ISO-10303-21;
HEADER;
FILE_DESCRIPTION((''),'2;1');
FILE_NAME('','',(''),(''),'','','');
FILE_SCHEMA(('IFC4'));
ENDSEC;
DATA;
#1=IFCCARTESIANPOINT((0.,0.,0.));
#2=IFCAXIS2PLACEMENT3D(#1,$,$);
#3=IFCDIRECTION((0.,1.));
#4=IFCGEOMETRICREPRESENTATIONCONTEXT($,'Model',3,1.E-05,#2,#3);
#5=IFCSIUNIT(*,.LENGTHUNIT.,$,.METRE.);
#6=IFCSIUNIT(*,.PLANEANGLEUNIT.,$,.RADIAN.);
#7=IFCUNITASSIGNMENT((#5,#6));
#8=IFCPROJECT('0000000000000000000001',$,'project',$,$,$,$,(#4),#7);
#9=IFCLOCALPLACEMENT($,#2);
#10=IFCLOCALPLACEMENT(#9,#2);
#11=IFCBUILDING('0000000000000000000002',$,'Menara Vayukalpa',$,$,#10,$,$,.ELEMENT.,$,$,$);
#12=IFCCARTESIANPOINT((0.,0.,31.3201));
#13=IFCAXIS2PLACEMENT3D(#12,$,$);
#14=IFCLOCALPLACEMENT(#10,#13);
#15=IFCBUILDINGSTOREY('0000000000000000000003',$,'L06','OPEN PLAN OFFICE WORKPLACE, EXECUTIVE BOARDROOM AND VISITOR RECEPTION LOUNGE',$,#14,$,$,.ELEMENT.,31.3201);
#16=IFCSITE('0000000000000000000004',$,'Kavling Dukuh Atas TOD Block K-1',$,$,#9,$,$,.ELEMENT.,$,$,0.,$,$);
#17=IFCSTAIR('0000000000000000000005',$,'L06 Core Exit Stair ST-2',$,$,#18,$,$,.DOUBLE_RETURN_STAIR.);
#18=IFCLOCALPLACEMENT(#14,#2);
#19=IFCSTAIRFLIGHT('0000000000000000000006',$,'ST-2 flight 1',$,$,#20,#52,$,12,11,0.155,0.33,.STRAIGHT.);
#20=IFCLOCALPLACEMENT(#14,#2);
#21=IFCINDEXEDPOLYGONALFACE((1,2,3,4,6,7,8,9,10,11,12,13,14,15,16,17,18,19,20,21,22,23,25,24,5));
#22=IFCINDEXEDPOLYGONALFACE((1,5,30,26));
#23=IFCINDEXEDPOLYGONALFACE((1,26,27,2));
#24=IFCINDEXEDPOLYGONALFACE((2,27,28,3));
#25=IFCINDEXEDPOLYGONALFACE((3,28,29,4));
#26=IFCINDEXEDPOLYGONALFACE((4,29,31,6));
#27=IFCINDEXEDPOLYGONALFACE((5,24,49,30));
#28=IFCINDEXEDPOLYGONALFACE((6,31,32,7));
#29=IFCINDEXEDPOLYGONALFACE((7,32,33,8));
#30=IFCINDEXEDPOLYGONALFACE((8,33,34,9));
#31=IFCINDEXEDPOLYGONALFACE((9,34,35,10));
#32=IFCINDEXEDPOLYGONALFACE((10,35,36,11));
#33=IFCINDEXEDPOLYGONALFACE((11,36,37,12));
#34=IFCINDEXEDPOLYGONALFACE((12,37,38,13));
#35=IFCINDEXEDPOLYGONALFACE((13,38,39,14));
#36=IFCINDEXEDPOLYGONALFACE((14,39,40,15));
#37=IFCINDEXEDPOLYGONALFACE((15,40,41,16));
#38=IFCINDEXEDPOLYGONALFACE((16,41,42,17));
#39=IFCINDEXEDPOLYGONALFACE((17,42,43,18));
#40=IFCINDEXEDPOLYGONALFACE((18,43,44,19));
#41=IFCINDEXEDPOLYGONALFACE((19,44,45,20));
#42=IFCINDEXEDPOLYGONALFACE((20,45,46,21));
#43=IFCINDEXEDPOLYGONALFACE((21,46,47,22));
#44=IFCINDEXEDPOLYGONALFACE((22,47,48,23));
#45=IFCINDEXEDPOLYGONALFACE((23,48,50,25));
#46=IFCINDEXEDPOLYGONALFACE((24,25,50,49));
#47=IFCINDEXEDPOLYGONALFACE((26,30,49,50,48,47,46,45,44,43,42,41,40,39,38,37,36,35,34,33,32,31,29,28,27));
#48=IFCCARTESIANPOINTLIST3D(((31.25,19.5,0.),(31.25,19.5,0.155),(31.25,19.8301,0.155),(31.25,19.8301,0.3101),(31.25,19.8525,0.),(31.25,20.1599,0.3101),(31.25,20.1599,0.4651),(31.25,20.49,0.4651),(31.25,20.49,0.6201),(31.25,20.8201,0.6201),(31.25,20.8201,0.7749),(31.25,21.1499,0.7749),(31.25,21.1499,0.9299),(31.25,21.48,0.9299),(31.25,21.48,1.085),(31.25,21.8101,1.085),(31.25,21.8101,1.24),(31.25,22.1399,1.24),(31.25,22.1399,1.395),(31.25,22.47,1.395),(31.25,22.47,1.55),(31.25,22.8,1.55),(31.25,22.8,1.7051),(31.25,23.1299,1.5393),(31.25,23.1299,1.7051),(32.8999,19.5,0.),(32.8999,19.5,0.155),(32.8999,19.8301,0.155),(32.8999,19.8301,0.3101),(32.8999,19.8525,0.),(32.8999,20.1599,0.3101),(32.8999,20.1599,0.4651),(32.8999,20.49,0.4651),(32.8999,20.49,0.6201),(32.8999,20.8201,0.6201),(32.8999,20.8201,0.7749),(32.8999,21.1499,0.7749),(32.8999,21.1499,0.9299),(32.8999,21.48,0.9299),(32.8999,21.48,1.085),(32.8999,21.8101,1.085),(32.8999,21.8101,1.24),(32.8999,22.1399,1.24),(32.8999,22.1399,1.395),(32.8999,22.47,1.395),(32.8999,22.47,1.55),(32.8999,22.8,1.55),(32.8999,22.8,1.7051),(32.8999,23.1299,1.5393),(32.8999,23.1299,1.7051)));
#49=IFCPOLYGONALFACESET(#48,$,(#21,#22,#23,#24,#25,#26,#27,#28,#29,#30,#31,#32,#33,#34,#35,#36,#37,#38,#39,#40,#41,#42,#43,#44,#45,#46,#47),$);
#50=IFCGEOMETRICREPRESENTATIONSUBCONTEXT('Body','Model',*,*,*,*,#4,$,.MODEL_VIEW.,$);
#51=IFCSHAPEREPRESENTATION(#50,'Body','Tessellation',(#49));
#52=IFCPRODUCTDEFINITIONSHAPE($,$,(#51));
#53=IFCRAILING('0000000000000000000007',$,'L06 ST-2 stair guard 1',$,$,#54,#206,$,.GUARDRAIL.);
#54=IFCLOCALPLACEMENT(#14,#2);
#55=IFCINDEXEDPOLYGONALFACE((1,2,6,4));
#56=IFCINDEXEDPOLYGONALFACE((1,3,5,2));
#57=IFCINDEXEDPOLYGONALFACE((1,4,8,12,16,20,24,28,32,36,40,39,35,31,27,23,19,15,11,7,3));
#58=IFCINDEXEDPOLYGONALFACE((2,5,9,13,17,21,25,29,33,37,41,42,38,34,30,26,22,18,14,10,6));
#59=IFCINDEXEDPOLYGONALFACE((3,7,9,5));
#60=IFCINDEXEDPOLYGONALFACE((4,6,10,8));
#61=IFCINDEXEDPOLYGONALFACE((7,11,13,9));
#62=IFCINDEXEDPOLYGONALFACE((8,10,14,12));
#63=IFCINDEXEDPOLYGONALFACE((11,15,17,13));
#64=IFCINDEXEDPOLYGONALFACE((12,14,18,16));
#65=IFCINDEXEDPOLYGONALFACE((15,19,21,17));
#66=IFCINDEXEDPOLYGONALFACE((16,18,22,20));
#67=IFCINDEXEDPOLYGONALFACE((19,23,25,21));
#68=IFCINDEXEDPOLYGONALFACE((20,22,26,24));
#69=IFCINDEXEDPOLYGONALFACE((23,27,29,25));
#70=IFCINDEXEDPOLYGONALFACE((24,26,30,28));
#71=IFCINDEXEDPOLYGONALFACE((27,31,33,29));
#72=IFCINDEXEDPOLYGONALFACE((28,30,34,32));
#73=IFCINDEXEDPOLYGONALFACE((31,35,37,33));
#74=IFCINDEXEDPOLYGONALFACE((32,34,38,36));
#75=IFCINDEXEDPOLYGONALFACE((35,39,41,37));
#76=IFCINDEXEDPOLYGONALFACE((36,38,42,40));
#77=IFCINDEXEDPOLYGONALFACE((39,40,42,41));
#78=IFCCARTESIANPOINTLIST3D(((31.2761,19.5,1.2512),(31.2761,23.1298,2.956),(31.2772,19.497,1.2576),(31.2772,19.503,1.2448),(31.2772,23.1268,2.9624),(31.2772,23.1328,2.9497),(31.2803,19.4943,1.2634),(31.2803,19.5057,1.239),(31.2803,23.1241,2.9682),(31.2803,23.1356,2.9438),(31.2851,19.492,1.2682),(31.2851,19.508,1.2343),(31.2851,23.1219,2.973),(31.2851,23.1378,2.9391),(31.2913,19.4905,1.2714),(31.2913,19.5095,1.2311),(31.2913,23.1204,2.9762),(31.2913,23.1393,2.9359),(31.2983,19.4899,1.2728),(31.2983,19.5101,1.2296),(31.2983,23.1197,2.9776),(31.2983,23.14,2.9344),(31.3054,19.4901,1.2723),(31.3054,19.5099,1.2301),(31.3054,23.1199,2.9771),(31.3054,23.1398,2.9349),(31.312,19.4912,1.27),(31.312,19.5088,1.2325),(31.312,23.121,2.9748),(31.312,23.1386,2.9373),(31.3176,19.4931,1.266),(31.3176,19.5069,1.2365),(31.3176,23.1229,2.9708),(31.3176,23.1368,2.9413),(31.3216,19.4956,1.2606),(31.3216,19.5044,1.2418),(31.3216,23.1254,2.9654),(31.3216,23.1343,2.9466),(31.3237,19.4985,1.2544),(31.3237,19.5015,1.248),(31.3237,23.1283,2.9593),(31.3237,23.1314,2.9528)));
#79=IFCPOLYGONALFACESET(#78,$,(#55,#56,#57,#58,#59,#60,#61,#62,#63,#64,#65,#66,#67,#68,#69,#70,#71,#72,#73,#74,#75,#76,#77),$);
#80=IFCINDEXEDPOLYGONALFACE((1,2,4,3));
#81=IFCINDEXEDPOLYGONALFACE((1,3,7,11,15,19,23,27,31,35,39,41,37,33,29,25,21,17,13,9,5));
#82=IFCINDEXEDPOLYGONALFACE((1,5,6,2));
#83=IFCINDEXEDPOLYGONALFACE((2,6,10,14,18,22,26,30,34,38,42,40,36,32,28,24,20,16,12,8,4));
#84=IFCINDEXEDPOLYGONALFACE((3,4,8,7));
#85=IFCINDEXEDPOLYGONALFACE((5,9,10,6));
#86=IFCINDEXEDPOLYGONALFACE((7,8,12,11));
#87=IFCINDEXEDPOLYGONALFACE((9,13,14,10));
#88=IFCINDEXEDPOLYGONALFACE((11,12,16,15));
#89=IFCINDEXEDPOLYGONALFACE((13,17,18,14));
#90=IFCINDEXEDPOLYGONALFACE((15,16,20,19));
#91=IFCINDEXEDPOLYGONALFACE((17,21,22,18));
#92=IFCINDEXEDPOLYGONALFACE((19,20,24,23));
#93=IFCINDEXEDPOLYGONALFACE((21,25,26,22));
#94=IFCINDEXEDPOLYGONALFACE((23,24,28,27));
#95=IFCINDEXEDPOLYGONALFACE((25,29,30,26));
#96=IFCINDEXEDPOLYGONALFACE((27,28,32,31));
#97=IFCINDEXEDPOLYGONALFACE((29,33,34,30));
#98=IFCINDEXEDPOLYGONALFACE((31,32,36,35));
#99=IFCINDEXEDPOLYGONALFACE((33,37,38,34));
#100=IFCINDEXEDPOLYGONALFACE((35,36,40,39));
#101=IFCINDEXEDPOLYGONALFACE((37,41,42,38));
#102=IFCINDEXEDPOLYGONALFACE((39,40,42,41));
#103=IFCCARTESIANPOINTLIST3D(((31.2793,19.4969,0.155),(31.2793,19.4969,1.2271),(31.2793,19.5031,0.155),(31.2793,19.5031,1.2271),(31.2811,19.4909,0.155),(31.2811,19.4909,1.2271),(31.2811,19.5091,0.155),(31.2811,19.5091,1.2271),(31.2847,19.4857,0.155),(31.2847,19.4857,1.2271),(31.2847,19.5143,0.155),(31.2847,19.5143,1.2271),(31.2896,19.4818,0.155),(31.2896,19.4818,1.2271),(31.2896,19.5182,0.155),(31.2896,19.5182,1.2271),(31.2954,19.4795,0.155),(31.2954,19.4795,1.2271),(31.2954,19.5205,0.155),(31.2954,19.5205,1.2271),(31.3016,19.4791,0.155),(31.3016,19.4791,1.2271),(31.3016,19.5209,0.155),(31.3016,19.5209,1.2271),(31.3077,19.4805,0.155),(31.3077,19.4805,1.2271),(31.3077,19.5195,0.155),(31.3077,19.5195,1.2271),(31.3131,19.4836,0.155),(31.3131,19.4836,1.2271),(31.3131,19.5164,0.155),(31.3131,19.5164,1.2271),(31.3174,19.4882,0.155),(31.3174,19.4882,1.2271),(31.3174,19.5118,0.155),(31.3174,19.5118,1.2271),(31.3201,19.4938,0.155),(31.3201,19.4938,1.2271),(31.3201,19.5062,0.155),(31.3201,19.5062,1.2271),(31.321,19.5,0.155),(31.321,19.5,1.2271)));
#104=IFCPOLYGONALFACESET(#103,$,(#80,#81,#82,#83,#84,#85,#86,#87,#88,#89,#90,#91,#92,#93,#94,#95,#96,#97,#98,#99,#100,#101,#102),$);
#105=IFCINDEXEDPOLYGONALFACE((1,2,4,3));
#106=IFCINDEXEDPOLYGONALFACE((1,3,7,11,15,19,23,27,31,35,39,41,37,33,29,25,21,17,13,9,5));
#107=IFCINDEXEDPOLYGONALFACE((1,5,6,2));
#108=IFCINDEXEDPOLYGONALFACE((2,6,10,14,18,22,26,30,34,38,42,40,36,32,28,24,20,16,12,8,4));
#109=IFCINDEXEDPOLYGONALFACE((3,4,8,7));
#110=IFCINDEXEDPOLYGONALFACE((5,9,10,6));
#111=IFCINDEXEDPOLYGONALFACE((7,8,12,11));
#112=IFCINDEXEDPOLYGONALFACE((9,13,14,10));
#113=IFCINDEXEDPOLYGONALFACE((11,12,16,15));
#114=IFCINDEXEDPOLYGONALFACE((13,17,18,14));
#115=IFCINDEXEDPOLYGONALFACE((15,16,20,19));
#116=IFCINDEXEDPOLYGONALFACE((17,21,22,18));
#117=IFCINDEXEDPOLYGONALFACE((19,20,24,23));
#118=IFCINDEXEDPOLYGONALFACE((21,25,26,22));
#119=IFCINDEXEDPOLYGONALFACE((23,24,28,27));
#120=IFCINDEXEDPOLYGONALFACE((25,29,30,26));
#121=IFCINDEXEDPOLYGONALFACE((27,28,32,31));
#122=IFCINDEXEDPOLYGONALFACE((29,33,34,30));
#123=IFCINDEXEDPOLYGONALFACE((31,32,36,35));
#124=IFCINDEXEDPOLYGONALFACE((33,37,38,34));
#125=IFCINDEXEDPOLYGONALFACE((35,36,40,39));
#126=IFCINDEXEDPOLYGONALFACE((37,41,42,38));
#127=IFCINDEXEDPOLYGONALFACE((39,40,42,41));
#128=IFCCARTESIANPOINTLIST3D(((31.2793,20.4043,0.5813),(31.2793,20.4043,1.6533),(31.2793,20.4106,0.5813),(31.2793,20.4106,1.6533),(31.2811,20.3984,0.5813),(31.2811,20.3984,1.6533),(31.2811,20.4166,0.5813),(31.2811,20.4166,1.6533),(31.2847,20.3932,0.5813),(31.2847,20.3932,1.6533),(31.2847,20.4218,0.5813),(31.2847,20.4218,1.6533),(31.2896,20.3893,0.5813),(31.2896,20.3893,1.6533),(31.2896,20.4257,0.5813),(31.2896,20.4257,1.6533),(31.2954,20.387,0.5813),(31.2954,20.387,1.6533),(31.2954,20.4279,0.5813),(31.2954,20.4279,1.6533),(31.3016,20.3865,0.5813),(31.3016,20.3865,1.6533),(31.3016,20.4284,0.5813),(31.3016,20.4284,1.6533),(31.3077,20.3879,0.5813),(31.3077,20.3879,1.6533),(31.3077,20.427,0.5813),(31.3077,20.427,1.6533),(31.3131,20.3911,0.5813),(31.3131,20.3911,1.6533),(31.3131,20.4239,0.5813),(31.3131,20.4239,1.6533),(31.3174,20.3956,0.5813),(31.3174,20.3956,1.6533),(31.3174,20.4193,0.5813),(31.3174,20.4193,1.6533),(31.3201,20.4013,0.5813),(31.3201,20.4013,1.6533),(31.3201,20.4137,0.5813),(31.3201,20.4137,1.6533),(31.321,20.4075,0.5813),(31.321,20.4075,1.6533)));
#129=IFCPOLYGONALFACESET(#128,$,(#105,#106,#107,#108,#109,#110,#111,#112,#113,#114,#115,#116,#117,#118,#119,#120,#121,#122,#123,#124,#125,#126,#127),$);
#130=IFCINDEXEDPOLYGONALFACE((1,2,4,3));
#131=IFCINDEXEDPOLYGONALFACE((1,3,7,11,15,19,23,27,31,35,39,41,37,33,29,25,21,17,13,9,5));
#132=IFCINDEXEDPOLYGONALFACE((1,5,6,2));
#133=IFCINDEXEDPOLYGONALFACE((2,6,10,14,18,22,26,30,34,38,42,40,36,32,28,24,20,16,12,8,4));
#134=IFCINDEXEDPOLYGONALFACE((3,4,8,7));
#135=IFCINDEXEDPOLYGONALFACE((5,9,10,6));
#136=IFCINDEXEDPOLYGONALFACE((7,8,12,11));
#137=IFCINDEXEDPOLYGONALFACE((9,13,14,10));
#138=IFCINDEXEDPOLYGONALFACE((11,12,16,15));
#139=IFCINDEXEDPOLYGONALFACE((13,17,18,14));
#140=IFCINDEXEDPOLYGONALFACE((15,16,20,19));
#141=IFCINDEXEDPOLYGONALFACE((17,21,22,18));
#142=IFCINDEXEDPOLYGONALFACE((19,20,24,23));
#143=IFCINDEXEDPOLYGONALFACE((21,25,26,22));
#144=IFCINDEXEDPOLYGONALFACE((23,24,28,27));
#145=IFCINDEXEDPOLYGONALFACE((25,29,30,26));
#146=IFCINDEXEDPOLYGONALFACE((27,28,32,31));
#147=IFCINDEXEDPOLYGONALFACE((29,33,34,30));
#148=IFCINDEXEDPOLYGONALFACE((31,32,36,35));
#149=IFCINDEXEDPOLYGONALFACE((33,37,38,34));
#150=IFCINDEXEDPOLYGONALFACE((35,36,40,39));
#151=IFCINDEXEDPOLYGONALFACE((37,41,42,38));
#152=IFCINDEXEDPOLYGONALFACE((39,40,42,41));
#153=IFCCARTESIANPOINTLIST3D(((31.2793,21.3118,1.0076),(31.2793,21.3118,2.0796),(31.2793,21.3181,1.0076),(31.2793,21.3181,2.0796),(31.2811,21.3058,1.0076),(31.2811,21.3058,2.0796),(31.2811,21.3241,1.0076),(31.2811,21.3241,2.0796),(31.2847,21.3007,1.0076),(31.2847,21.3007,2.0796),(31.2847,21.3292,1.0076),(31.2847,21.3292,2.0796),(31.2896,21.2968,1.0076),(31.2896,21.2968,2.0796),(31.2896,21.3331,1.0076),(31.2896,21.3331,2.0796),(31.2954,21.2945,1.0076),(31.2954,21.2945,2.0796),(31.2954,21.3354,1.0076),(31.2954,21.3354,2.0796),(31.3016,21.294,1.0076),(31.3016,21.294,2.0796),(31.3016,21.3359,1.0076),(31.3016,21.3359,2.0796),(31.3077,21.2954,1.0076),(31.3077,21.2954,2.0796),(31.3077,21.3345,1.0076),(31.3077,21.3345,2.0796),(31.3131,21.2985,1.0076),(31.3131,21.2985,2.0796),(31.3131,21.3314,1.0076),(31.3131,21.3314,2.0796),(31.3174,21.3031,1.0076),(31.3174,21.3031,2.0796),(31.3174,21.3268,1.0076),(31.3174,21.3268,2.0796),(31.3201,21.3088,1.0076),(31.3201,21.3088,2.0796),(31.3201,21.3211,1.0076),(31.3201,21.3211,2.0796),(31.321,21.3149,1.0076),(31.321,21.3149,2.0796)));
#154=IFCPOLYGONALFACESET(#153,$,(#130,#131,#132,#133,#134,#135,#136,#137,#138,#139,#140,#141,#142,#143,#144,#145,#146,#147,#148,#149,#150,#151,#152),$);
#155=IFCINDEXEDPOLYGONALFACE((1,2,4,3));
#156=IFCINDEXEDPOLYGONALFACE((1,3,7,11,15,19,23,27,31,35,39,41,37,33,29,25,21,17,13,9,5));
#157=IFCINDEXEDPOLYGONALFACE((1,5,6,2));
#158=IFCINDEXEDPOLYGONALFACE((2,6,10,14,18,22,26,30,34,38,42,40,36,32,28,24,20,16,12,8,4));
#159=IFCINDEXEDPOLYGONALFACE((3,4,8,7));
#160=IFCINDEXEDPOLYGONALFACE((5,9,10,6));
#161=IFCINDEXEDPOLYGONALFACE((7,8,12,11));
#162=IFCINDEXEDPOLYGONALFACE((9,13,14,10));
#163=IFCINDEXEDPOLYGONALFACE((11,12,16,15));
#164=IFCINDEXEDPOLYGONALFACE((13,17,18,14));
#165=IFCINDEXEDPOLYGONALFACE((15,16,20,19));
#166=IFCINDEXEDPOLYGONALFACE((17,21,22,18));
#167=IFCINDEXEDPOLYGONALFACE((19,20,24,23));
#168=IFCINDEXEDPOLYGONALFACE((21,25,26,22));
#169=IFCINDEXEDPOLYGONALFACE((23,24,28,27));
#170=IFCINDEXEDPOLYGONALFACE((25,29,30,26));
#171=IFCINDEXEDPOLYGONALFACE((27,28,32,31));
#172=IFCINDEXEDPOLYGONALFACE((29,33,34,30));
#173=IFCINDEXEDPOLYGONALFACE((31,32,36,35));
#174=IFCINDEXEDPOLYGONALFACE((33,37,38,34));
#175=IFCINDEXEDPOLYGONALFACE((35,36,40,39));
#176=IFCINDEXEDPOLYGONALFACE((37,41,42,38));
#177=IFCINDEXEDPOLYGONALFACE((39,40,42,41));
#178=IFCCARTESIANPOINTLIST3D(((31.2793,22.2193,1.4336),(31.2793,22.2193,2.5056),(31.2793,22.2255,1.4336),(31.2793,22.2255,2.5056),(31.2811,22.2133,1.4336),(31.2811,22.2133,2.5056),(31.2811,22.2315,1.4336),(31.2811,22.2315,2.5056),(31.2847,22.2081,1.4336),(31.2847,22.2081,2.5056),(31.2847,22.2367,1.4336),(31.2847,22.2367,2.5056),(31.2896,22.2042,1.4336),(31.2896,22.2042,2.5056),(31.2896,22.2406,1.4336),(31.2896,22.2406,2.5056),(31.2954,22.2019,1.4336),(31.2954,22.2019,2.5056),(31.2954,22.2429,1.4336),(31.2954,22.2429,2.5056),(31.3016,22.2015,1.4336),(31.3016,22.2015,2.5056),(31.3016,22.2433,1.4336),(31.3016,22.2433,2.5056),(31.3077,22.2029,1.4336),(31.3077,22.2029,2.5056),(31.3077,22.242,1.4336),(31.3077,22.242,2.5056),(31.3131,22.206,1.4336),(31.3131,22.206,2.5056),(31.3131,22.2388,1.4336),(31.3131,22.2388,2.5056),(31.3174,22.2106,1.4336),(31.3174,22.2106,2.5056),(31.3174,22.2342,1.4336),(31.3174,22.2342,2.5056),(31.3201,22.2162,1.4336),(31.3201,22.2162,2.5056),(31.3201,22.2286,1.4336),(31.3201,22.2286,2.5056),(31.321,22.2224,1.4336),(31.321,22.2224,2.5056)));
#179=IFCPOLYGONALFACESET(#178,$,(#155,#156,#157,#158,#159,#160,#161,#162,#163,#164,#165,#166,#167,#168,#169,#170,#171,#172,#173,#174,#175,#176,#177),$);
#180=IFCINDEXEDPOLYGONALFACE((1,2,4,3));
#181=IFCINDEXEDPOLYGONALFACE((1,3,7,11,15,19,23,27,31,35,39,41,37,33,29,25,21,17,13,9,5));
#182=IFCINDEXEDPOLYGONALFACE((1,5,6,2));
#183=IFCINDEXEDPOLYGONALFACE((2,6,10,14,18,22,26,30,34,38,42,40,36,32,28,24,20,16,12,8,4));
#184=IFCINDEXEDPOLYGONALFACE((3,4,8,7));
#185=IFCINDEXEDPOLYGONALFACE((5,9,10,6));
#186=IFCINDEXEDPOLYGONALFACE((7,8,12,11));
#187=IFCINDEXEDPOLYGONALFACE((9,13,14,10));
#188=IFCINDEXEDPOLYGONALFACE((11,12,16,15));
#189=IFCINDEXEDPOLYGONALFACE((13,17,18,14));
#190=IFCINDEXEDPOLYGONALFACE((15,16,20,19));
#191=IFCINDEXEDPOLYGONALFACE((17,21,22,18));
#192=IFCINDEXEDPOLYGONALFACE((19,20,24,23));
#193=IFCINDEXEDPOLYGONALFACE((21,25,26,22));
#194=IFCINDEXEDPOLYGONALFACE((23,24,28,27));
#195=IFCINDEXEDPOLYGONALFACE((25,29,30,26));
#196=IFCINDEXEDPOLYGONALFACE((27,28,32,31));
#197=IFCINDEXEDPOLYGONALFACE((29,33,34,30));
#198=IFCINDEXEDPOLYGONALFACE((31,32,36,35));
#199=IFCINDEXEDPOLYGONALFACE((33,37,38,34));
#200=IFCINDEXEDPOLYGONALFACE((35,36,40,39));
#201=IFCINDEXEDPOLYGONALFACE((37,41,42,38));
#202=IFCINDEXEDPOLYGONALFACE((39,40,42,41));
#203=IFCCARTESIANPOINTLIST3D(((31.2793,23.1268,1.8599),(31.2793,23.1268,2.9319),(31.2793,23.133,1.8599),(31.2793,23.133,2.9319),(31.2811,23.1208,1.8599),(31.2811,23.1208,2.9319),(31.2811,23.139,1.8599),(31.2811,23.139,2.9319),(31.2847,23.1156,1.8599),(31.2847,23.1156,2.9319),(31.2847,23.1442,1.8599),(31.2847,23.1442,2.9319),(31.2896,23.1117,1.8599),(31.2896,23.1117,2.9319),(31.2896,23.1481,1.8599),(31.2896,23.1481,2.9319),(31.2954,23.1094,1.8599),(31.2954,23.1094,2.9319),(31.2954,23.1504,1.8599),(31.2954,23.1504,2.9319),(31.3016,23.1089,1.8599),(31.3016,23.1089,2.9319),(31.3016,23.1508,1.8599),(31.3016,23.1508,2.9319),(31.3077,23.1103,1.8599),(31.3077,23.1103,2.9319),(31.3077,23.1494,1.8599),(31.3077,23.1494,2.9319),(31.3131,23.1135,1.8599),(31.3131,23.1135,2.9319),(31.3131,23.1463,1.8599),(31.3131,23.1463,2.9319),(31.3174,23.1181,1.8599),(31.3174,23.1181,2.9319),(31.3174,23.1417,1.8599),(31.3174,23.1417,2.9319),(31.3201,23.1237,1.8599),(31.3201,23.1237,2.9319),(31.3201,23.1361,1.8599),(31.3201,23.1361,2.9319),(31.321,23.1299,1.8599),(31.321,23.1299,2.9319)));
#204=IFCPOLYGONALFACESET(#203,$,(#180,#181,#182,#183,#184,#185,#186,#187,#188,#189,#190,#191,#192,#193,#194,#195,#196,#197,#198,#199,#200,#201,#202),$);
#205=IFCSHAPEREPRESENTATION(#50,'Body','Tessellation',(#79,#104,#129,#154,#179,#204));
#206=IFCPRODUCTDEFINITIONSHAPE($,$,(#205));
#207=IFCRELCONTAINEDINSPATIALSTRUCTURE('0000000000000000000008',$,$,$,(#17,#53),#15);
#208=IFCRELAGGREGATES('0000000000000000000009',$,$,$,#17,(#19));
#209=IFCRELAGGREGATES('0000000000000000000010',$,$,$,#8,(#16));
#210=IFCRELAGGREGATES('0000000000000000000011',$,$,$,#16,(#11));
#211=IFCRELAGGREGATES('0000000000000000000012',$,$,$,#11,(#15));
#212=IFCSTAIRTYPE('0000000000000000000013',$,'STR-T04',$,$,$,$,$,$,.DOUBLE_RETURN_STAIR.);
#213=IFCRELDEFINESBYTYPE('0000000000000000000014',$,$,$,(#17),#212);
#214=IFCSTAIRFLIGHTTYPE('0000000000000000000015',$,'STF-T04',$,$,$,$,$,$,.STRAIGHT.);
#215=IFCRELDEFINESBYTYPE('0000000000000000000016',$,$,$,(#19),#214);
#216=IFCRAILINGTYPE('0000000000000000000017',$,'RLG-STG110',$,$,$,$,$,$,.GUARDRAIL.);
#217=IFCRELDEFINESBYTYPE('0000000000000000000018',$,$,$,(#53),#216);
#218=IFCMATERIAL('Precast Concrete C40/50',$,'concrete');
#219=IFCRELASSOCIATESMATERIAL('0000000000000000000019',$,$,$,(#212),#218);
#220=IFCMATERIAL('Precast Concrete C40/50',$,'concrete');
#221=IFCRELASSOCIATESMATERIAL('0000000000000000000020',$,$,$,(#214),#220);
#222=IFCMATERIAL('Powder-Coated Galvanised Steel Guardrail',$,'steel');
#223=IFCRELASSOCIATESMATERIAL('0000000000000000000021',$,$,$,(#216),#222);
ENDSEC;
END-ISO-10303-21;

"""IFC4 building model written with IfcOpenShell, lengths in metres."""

from ifc_helpers import new_model, si_unit, direction, frame, origin, origin_2d, place, context, subcontext, project, spatial, polyline, circle, outline, extrude, material, type_object, element, aggregate, save


model = new_model("IFC4")

# Units and contexts
model_context = context("Model", 3, precision=1e-05, world=origin(), true_north=direction((0.0, 1.0)))
body_context = subcontext(model_context, "Body", "Model", "MODEL_VIEW")
ifc_project = project(units=[si_unit("LENGTHUNIT", "METRE"), si_unit("PLANEANGLEUNIT", "RADIAN")], contexts=[model_context])

# Site, building, storey
site_placement = place(None, origin())
site = spatial("IfcSite", under=ifc_project, at=site_placement, Name="Kavling Dukuh Atas TOD Block K-1", CompositionType="ELEMENT", RefElevation=0.0)
building_placement = place(site_placement, origin())
building = spatial("IfcBuilding", under=site, at=building_placement, Name="Menara Vayukalpa", CompositionType="ELEMENT")
storey_placement = place(building_placement, frame((0.0, 0.0, 31.3201)))
storey = spatial("IfcBuildingStorey", under=building, at=storey_placement, Name="L06", Description="OPEN PLAN OFFICE WORKPLACE, EXECUTIVE BOARDROOM AND VISITOR RECEPTION LOUNGE", CompositionType="ELEMENT", Elevation=31.3201)

# Stair, stair flight
ifc_material_1 = material(Name="Precast Concrete C40/50", Category="concrete")
stair_type = type_object("IfcStairType", Name="STR-T04", PredefinedType="DOUBLE_RETURN_STAIR", material=ifc_material_1)
stair_placement = place(storey_placement, origin())
stair = element("IfcStair", 1, at=stair_placement, inside=storey, type_object=stair_type, Name="L06 Core Exit Stair ST-2", PredefinedType="DOUBLE_RETURN_STAIR")
ifc_material_2 = material(Name="Precast Concrete C40/50", Category="concrete")
stair_flight_type = type_object("IfcStairFlightType", Name="STF-T04", PredefinedType="STRAIGHT", material=ifc_material_2)
stair_flight_placement = place(storey_placement, frame((32.075, 19.5, 0.0), z_axis=(0.0, 0.0, 1.0), x_axis=(0.0, 1.0, 0.0)))
stair_flight = element("IfcStairFlight", 2, at=stair_flight_placement, type_object=stair_flight_type, Name="ST-2 flight 1", NumberOfRisers=12, NumberOfTreads=11, PredefinedType="STRAIGHT", RiserHeight=0.155, TreadLength=0.33, context=body_context, shape_type="SweptSolid", body=[
    extrude(outline(polyline([(0.0, 0.0), (0.0, 0.155), (0.3301, 0.155), (0.3301, 0.3101), (0.6599, 0.3101), (0.6599, 0.4651), (0.99, 0.4651), (0.99, 0.6201), (1.3201, 0.6201), (1.3201, 0.7749), (1.6499, 0.7749), (1.6499, 0.9299), (1.98, 0.9299), (1.98, 1.085), (2.3101, 1.085), (2.3101, 1.24), (2.6399, 1.24), (2.6399, 1.395), (2.97, 1.395), (2.97, 1.55), (3.3, 1.55), (3.3, 1.7051), (3.6299, 1.7051), (3.6299, 1.8601), (3.6299, 1.5393), (0.3525, 0.0), (0.0, 0.0)])), frame((0.0, 0.825, 0.0), z_axis=(0.0, -1.0, 0.0), x_axis=(1.0, 0.0, 0.0)), (0.0, 0.0, 1.0), 1.6499),
])
aggregate(stair, [stair_flight])

# Railing
ifc_material_3 = material(Name="Powder-Coated Galvanised Steel Guardrail", Category="steel")
railing_type_1 = type_object("IfcRailingType", Name="RLG-STG110", PredefinedType="GUARDRAIL", material=ifc_material_3)
railing_1_placement = place(storey_placement, frame((31.3, 19.5, 0.155)))
element("IfcRailing", 3, at=railing_1_placement, inside=storey, type_object=railing_type_1, Name="L06 ST-2 stair guard 1", PredefinedType="GUARDRAIL", context=body_context, shape_type="SweptSolid", body=[
    extrude(circle(Radius=0.0239, at=origin_2d()), frame((0.0, 0.0, 1.0962), z_axis=(0.0, 0.90514, 0.425114), x_axis=(-1.0, 0.0, 0.0)), (0.0, 0.0, 1.0), 4.0103),
    extrude(circle(Radius=0.021, at=origin_2d()), origin(), (0.0, 0.0, 1.0), 1.072),
    extrude(circle(Radius=0.021, at=origin_2d()), frame((0.0, 0.9075, 0.4263)), (0.0, 0.0, 1.0), 1.072),
    extrude(circle(Radius=0.021, at=origin_2d()), frame((0.0, 1.8149, 0.8525)), (0.0, 0.0, 1.0), 1.072),
    extrude(circle(Radius=0.021, at=origin_2d()), frame((0.0, 2.7224, 1.2786)), (0.0, 0.0, 1.0), 1.072),
    extrude(circle(Radius=0.021, at=origin_2d()), frame((0.0, 3.6299, 1.7048)), (0.0, 0.0, 1.0), 1.072),
])

save(model, "model.ifc")
